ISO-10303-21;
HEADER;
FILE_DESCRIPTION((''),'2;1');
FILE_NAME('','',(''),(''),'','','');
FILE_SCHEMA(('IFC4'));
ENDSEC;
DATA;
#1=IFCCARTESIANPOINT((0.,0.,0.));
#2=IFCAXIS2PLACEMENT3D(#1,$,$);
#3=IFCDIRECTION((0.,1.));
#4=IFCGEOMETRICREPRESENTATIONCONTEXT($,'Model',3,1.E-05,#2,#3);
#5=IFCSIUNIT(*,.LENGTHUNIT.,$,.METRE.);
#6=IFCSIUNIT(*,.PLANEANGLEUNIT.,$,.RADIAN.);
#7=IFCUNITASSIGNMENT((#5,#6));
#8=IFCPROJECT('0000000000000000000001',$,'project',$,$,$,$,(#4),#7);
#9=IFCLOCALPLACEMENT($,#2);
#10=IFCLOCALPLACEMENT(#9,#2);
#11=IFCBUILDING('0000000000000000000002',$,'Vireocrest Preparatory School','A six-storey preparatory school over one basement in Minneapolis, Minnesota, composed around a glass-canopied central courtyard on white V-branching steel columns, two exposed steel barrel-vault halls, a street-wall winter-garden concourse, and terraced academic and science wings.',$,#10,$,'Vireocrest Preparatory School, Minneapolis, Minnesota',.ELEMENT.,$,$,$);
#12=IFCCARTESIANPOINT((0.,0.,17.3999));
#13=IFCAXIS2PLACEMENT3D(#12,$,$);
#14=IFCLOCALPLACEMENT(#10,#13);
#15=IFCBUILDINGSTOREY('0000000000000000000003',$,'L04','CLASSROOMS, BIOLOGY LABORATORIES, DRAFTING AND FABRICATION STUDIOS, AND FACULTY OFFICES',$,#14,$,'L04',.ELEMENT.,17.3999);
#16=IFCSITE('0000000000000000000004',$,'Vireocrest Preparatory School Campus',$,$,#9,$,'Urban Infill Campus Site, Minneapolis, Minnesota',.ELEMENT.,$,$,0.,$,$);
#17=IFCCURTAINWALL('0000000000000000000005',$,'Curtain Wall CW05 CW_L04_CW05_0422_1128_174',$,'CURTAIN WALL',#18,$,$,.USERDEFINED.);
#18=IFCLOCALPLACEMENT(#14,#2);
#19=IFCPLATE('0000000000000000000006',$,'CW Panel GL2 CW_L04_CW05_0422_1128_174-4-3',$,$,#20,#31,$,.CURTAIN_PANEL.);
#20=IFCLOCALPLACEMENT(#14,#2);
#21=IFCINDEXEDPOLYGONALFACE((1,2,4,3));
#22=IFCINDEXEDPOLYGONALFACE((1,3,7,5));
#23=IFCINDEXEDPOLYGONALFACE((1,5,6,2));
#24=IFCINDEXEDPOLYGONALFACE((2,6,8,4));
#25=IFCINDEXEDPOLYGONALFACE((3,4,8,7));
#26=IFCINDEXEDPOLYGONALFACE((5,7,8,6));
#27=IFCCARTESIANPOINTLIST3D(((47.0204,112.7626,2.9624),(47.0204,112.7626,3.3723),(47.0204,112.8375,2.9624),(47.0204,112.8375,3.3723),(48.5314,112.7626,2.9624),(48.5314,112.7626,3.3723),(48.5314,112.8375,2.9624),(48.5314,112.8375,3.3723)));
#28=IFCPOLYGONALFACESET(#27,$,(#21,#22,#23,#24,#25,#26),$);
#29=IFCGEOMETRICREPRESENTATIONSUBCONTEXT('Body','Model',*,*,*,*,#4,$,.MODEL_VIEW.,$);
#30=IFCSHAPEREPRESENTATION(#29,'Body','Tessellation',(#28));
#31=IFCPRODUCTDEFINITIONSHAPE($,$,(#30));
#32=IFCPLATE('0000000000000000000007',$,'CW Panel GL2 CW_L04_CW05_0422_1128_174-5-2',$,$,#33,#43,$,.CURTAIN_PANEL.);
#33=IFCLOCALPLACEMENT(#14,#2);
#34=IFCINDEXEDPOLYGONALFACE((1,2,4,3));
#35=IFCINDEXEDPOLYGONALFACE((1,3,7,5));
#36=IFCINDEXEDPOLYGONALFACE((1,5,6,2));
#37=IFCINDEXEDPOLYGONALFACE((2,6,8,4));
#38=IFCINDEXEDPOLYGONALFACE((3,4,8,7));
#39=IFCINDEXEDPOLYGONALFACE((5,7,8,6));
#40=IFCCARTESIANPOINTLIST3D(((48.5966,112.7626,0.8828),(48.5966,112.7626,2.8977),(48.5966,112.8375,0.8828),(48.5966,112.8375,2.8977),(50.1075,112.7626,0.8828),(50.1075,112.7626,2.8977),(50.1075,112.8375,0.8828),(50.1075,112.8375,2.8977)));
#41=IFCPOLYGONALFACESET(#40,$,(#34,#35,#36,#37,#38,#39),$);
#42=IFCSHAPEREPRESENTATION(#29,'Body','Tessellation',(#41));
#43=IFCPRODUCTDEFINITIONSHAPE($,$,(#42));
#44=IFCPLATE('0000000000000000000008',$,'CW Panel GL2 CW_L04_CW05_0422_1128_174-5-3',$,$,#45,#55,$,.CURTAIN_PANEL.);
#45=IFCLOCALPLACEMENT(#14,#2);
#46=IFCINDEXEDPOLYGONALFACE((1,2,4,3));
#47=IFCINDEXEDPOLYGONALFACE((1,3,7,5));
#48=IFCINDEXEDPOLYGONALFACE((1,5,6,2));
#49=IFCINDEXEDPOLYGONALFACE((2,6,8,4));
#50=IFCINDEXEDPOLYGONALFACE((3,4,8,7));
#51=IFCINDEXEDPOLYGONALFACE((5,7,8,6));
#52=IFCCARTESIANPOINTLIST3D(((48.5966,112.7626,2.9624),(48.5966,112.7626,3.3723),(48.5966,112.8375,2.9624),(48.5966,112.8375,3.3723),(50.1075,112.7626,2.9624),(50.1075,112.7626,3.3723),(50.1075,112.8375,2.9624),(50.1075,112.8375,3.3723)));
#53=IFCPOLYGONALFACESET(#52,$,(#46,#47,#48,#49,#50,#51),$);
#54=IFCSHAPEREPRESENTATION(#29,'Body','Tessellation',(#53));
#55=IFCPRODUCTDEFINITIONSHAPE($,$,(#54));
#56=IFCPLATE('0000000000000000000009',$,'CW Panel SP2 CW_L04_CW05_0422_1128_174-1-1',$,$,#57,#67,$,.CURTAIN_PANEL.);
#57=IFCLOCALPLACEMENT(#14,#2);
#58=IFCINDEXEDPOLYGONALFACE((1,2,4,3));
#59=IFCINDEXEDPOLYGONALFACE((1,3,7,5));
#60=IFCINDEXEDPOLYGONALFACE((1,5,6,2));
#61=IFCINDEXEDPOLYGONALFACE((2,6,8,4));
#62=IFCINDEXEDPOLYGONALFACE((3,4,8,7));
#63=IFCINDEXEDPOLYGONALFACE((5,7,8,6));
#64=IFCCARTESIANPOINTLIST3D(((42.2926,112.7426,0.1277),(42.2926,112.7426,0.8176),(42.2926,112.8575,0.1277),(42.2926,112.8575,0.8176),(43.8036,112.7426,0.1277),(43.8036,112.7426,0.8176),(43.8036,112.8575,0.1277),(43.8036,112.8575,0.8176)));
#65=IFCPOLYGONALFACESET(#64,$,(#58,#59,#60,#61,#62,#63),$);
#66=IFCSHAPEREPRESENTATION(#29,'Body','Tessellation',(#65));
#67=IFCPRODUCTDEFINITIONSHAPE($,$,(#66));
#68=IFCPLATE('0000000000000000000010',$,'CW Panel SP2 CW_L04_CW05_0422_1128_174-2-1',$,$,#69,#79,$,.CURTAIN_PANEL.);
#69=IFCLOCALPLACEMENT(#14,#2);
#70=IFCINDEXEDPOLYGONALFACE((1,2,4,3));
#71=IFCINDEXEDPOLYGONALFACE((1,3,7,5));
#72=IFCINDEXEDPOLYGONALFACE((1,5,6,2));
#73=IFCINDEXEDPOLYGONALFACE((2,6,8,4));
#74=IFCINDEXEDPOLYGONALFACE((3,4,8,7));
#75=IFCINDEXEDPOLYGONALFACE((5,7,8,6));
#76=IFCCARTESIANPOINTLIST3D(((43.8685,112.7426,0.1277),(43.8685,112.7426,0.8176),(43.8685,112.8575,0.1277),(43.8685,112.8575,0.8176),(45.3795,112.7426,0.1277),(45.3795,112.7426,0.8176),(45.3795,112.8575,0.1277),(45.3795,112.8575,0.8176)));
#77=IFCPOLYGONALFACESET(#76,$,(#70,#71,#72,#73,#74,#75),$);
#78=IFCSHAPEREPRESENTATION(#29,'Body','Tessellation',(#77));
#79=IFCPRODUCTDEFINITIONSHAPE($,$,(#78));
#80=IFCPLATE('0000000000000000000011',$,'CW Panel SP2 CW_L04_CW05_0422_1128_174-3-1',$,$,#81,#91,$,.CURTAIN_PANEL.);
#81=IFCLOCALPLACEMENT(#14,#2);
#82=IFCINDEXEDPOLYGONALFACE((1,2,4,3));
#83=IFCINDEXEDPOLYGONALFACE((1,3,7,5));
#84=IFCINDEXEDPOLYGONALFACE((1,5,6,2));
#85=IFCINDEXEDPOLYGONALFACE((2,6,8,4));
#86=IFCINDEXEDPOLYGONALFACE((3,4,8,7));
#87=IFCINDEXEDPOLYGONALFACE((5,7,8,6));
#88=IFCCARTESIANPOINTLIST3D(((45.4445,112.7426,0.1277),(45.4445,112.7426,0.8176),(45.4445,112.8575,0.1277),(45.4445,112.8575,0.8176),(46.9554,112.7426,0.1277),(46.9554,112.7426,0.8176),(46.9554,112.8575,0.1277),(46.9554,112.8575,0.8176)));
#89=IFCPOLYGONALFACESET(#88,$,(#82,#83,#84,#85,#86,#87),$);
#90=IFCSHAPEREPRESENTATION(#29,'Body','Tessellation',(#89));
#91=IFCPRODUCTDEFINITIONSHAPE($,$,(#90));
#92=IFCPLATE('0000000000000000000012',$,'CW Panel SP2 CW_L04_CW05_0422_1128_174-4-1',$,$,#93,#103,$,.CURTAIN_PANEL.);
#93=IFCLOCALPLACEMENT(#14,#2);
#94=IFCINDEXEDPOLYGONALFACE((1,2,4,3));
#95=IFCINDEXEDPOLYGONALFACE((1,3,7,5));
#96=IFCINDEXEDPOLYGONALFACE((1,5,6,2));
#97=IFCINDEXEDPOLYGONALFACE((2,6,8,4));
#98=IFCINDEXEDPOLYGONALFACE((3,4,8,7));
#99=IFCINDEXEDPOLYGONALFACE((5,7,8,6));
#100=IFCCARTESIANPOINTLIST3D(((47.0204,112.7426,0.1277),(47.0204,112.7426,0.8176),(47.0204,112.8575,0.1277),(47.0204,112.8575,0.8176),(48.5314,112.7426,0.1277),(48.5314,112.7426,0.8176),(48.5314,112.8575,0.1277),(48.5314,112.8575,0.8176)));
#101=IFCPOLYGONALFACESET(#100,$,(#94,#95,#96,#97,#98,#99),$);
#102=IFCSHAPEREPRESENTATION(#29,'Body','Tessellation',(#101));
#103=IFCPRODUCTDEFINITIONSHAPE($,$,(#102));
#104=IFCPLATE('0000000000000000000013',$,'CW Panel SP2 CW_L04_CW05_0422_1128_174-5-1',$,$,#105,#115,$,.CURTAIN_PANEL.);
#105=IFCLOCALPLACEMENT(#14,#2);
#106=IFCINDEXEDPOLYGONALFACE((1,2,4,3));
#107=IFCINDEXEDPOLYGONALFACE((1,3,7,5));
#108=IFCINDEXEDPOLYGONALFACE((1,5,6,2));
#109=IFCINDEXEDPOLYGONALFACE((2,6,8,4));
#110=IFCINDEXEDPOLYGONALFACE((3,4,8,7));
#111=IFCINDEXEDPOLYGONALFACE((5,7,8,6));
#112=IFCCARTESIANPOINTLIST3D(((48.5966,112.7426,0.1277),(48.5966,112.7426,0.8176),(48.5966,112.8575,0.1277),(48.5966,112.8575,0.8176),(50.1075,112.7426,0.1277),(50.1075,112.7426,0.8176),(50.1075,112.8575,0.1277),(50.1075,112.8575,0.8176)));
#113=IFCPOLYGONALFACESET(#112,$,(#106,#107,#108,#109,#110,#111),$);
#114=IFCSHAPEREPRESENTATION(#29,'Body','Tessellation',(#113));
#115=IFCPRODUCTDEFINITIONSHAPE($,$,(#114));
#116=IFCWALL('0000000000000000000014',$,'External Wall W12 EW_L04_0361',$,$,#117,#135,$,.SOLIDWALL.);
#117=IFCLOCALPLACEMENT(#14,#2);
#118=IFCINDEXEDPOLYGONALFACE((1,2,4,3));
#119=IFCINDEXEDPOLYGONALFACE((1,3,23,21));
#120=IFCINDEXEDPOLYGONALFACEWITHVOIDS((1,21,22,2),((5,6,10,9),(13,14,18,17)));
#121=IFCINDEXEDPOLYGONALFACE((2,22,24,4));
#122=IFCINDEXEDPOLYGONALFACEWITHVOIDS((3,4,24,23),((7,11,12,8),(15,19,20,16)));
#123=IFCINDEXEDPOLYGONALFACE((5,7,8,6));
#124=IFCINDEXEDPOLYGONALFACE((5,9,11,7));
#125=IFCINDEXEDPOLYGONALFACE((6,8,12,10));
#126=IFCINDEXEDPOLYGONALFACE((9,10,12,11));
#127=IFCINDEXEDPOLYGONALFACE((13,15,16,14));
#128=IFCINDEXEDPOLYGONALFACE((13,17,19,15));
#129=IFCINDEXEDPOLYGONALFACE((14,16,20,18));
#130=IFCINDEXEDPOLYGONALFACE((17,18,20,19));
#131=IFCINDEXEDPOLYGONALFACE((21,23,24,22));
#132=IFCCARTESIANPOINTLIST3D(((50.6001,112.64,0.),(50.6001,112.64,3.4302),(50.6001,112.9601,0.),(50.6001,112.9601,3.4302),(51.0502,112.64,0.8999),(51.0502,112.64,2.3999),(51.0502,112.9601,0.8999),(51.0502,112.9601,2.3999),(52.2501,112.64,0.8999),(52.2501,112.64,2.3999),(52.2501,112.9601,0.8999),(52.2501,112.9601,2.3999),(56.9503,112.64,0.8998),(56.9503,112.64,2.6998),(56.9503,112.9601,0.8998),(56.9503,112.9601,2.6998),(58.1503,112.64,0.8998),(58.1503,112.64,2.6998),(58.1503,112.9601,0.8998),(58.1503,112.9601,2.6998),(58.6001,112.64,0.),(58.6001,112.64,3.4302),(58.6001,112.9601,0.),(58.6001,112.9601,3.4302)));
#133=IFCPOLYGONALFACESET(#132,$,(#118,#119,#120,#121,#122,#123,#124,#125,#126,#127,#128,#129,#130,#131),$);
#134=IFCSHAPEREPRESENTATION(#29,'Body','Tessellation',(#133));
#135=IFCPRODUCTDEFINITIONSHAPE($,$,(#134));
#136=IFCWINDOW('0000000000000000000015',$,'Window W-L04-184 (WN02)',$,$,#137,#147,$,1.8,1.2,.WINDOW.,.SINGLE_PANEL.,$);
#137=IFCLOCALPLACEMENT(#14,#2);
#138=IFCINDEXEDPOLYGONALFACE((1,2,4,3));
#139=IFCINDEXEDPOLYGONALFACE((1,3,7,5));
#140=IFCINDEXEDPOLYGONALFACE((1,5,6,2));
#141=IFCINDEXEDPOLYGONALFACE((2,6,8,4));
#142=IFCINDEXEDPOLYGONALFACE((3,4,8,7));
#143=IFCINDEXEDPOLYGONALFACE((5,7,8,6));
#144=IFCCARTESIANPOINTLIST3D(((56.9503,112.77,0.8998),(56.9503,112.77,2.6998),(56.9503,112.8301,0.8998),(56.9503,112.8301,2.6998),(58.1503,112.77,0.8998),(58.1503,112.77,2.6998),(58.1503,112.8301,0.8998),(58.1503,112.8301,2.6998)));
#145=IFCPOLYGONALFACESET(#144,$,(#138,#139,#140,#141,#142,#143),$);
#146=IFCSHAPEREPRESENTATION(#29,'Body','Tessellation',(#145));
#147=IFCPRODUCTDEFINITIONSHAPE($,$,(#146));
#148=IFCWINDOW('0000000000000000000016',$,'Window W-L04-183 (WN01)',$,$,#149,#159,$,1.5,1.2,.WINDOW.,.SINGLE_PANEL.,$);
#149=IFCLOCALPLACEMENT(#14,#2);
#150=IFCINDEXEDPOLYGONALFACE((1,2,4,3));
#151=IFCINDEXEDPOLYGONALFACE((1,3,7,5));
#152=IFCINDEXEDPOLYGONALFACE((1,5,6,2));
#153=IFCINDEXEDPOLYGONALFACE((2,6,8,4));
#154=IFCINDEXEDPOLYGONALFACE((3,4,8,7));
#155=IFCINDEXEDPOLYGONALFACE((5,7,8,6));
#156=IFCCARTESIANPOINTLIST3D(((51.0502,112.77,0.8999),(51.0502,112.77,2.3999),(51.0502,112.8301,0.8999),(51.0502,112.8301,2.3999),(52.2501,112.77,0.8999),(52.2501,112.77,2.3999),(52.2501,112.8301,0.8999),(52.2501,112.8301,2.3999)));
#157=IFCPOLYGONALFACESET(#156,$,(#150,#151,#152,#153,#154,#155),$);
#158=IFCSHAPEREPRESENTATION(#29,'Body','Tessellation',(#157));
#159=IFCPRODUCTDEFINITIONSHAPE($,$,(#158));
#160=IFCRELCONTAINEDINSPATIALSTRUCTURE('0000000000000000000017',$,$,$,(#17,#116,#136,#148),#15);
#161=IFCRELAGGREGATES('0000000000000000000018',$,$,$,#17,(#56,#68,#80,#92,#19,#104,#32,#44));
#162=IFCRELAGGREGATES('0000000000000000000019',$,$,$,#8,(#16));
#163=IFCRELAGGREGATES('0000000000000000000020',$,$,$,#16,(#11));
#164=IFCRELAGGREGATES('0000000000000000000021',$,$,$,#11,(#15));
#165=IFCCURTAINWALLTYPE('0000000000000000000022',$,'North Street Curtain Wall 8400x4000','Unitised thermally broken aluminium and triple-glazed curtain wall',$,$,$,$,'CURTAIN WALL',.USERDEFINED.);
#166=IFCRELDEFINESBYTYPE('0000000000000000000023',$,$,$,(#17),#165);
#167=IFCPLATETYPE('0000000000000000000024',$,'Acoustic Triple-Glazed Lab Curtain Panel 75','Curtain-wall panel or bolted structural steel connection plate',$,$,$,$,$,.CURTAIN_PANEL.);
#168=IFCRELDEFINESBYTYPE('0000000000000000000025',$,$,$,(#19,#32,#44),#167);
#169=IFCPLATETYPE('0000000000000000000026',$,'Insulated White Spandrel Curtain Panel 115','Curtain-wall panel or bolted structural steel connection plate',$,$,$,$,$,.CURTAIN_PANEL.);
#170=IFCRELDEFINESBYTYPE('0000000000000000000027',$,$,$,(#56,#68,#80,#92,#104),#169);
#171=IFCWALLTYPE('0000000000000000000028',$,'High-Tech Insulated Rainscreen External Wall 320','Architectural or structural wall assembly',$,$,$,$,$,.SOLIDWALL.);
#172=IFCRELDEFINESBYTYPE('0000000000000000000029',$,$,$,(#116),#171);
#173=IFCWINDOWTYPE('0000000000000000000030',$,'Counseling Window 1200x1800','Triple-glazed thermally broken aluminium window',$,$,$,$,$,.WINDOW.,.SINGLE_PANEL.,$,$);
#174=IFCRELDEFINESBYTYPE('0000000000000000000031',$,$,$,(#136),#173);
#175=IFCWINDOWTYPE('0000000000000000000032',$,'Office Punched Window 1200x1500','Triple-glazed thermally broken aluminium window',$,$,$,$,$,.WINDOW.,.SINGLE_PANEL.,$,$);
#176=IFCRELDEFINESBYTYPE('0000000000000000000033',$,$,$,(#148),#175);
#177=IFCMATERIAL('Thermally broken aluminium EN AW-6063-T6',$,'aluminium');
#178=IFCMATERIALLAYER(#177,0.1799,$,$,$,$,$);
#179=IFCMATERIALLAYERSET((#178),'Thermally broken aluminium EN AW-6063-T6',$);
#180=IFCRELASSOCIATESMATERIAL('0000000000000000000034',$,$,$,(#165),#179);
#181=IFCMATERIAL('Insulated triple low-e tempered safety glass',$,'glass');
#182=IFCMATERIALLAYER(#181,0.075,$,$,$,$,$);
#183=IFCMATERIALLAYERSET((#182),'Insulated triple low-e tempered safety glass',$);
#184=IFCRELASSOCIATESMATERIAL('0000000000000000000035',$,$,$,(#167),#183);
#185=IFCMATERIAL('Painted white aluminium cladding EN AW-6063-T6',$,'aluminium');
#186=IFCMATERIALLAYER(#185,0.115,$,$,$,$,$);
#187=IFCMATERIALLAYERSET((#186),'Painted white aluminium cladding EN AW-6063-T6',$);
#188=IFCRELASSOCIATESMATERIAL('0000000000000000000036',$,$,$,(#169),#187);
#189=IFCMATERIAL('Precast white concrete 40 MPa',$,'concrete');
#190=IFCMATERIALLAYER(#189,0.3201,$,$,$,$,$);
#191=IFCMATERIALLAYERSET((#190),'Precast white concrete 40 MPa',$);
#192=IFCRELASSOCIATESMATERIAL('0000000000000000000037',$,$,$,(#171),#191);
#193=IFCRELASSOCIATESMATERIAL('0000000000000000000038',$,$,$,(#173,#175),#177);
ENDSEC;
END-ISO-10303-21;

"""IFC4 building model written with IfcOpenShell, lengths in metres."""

from ifc_helpers import new_model, si_unit, direction, frame, frame_2d, origin, origin_2d, place, context, subcontext, project, spatial, rectangle, extrude, material, layer, layer_set, type_object, element, fill, aggregate, save


model = new_model("IFC4")

# Units and contexts
model_context = context("Model", 3, precision=1e-05, world=origin(), true_north=direction((0.0, 1.0)))
body_context = subcontext(model_context, "Body", "Model", "MODEL_VIEW")
ifc_project = project(units=[si_unit("LENGTHUNIT", "METRE"), si_unit("PLANEANGLEUNIT", "RADIAN")], contexts=[model_context])

# Site, building, storey
site_placement = place(None, origin())
site = spatial("IfcSite", under=ifc_project, at=site_placement, Name="Vireocrest Preparatory School Campus", LongName="Urban Infill Campus Site, Minneapolis, Minnesota", CompositionType="ELEMENT", RefElevation=0.0)
building_placement = place(site_placement, origin())
building = spatial("IfcBuilding", under=site, at=building_placement, Name="Vireocrest Preparatory School", Description="A six-storey preparatory school over one basement in Minneapolis, Minnesota, composed around a glass-canopied central courtyard on white V-branching steel columns, two exposed steel barrel-vault halls, a street-wall winter-garden concourse, and terraced academic and science wings.", LongName="Vireocrest Preparatory School, Minneapolis, Minnesota", CompositionType="ELEMENT")
storey_placement = place(building_placement, frame((0.0, 0.0, 17.3999)))
storey = spatial("IfcBuildingStorey", under=building, at=storey_placement, Name="L04", Description="CLASSROOMS, BIOLOGY LABORATORIES, DRAFTING AND FABRICATION STUDIOS, AND FACULTY OFFICES", LongName="L04", CompositionType="ELEMENT", Elevation=17.3999)

# Curtain wall
ifc_material_1 = material(Name="Thermally broken aluminium EN AW-6063-T6", Category="aluminium")
ifc_layer_1 = layer(ifc_material_1, 0.1799)
ifc_layer_set_1 = layer_set([ifc_layer_1], Name="Thermally broken aluminium EN AW-6063-T6")
curtain_wall_type = type_object("IfcCurtainWallType", Name="North Street Curtain Wall 8400x4000", Description="Unitised thermally broken aluminium and triple-glazed curtain wall", ElementType="CURTAIN WALL", PredefinedType="USERDEFINED", material=ifc_layer_set_1)
curtain_wall_placement = place(storey_placement, origin())
curtain_wall = element("IfcCurtainWall", 1, at=curtain_wall_placement, inside=storey, type_object=curtain_wall_type, Name="Curtain Wall CW05 CW_L04_CW05_0422_1128_174", ObjectType="CURTAIN WALL", PredefinedType="USERDEFINED")

# Plates
ifc_material_2 = material(Name="Insulated triple low-e tempered safety glass", Category="glass")
ifc_layer_2 = layer(ifc_material_2, 0.075)
ifc_layer_set_2 = layer_set([ifc_layer_2], Name="Insulated triple low-e tempered safety glass")
plate_type_1 = type_object("IfcPlateType", Name="Acoustic Triple-Glazed Lab Curtain Panel 75", Description="Curtain-wall panel or bolted structural steel connection plate", PredefinedType="CURTAIN_PANEL", material=ifc_layer_set_2)
plate_1_placement = place(storey_placement, frame((47.7759, 112.8, 2.9624), z_axis=(0.0, 0.0, 1.0), x_axis=(1.0, 0.0, 0.0)))
plate_1 = element("IfcPlate", 2, at=plate_1_placement, type_object=plate_type_1, Name="CW Panel GL2 CW_L04_CW05_0422_1128_174-4-3", PredefinedType="CURTAIN_PANEL", context=body_context, shape_type="SweptSolid", body=[
    extrude(rectangle(XDim=1.511, YDim=0.075, at=origin_2d()), origin(), (0.0, 0.0, 1.0), 0.4099),
])
plate_2_placement = place(storey_placement, frame((49.3521, 112.8, 0.8828), z_axis=(0.0, 0.0, 1.0), x_axis=(1.0, 0.0, 0.0)))
plate_2 = element("IfcPlate", 3, at=plate_2_placement, type_object=plate_type_1, Name="CW Panel GL2 CW_L04_CW05_0422_1128_174-5-2", PredefinedType="CURTAIN_PANEL", context=body_context, shape_type="SweptSolid", body=[
    extrude(rectangle(XDim=1.511, YDim=0.075, at=origin_2d()), origin(), (0.0, 0.0, 1.0), 2.0149),
])
plate_3_placement = place(storey_placement, frame((49.3521, 112.8, 2.9624), z_axis=(0.0, 0.0, 1.0), x_axis=(1.0, 0.0, 0.0)))
plate_3 = element("IfcPlate", 4, at=plate_3_placement, type_object=plate_type_1, Name="CW Panel GL2 CW_L04_CW05_0422_1128_174-5-3", PredefinedType="CURTAIN_PANEL", context=body_context, shape_type="SweptSolid", body=[
    extrude(rectangle(XDim=1.511, YDim=0.075, at=origin_2d()), origin(), (0.0, 0.0, 1.0), 0.4099),
])
ifc_material_3 = material(Name="Painted white aluminium cladding EN AW-6063-T6", Category="aluminium")
ifc_layer_3 = layer(ifc_material_3, 0.115)
ifc_layer_set_3 = layer_set([ifc_layer_3], Name="Painted white aluminium cladding EN AW-6063-T6")
plate_type_2 = type_object("IfcPlateType", Name="Insulated White Spandrel Curtain Panel 115", Description="Curtain-wall panel or bolted structural steel connection plate", PredefinedType="CURTAIN_PANEL", material=ifc_layer_set_3)
plate_4_placement = place(storey_placement, frame((43.0481, 112.8, 0.1277), z_axis=(0.0, 0.0, 1.0), x_axis=(1.0, 0.0, 0.0)))
plate_4 = element("IfcPlate", 5, at=plate_4_placement, type_object=plate_type_2, Name="CW Panel SP2 CW_L04_CW05_0422_1128_174-1-1", PredefinedType="CURTAIN_PANEL", context=body_context, shape_type="SweptSolid", body=[
    extrude(rectangle(XDim=1.511, YDim=0.115, at=origin_2d()), origin(), (0.0, 0.0, 1.0), 0.6899),
])
plate_5_placement = place(storey_placement, frame((44.624, 112.8, 0.1277), z_axis=(0.0, 0.0, 1.0), x_axis=(1.0, 0.0, 0.0)))
plate_5 = element("IfcPlate", 6, at=plate_5_placement, type_object=plate_type_2, Name="CW Panel SP2 CW_L04_CW05_0422_1128_174-2-1", PredefinedType="CURTAIN_PANEL", context=body_context, shape_type="SweptSolid", body=[
    extrude(rectangle(XDim=1.511, YDim=0.115, at=origin_2d()), origin(), (0.0, 0.0, 1.0), 0.6899),
])
plate_6_placement = place(storey_placement, frame((46.2, 112.8, 0.1277), z_axis=(0.0, 0.0, 1.0), x_axis=(1.0, 0.0, 0.0)))
plate_6 = element("IfcPlate", 7, at=plate_6_placement, type_object=plate_type_2, Name="CW Panel SP2 CW_L04_CW05_0422_1128_174-3-1", PredefinedType="CURTAIN_PANEL", context=body_context, shape_type="SweptSolid", body=[
    extrude(rectangle(XDim=1.511, YDim=0.115, at=origin_2d()), origin(), (0.0, 0.0, 1.0), 0.6899),
])
plate_7_placement = place(storey_placement, frame((47.7759, 112.8, 0.1277), z_axis=(0.0, 0.0, 1.0), x_axis=(1.0, 0.0, 0.0)))
plate_7 = element("IfcPlate", 8, at=plate_7_placement, type_object=plate_type_2, Name="CW Panel SP2 CW_L04_CW05_0422_1128_174-4-1", PredefinedType="CURTAIN_PANEL", context=body_context, shape_type="SweptSolid", body=[
    extrude(rectangle(XDim=1.511, YDim=0.115, at=origin_2d()), origin(), (0.0, 0.0, 1.0), 0.6899),
])
plate_8_placement = place(storey_placement, frame((49.3521, 112.8, 0.1277), z_axis=(0.0, 0.0, 1.0), x_axis=(1.0, 0.0, 0.0)))
plate_8 = element("IfcPlate", 9, at=plate_8_placement, type_object=plate_type_2, Name="CW Panel SP2 CW_L04_CW05_0422_1128_174-5-1", PredefinedType="CURTAIN_PANEL", context=body_context, shape_type="SweptSolid", body=[
    extrude(rectangle(XDim=1.511, YDim=0.115, at=origin_2d()), origin(), (0.0, 0.0, 1.0), 0.6899),
])
aggregate(curtain_wall, [plate_4, plate_5, plate_6, plate_7, plate_1, plate_8, plate_2, plate_3])

# Wall, openings, windows
ifc_material_4 = material(Name="Precast white concrete 40 MPa", Category="concrete")
ifc_layer_4 = layer(ifc_material_4, 0.3201)
ifc_layer_set_4 = layer_set([ifc_layer_4], Name="Precast white concrete 40 MPa")
wall_type = type_object("IfcWallType", Name="High-Tech Insulated Rainscreen External Wall 320", Description="Architectural or structural wall assembly", PredefinedType="SOLIDWALL", material=ifc_layer_set_4)
wall_placement = place(storey_placement, frame((50.6001, 112.8, 0.0), z_axis=(0.0, 0.0, 1.0), x_axis=(1.0, 0.0, 0.0)))
wall = element("IfcWall", 10, at=wall_placement, inside=storey, type_object=wall_type, Name="External Wall W12 EW_L04_0361", PredefinedType="SOLIDWALL", context=body_context, shape_type="SweptSolid", body=[
    extrude(rectangle(XDim=8.0, YDim=0.3201, at=frame_2d((4.0, 0.0))), origin(), (0.0, 0.0, 1.0), 3.4302),
])
opening_1_placement = place(wall_placement, frame((0.45, 0.0, 0.8999)))
opening_1 = element("IfcOpeningElement", 11, at=opening_1_placement, cuts=wall, PredefinedType="OPENING", context=body_context, shape_type="SweptSolid", body=[
    extrude(rectangle(XDim=1.2, YDim=1.5, at=frame_2d((0.6001, 0.75))), frame((0.0, 0.1699, 0.0), z_axis=(0.0, -1.0, 0.0), x_axis=(1.0, 0.0, 0.0)), (0.0, 0.0, 1.0), 0.3401),
])
opening_2_placement = place(wall_placement, frame((6.3501, 0.0, 0.8999)))
opening_2 = element("IfcOpeningElement", 12, at=opening_2_placement, cuts=wall, PredefinedType="OPENING", context=body_context, shape_type="SweptSolid", body=[
    extrude(rectangle(XDim=1.2, YDim=1.8, at=frame_2d((0.6001, 0.8999))), frame((0.0, 0.1699, 0.0), z_axis=(0.0, -1.0, 0.0), x_axis=(1.0, 0.0, 0.0)), (0.0, 0.0, 1.0), 0.3401),
])
window_type_1 = type_object("IfcWindowType", Name="Counseling Window 1200x1800", Description="Triple-glazed thermally broken aluminium window", PartitioningType="SINGLE_PANEL", PredefinedType="WINDOW", material=ifc_material_1)
window_1_placement = place(opening_2_placement, origin())
window_1 = element("IfcWindow", 13, at=window_1_placement, inside=storey, type_object=window_type_1, Name="Window W-L04-184 (WN02)", OverallHeight=1.8, OverallWidth=1.2, PartitioningType="SINGLE_PANEL", PredefinedType="WINDOW", context=body_context, shape_type="SweptSolid", body=[
    extrude(rectangle(XDim=1.2, YDim=1.8, at=frame_2d((0.6001, 0.8999))), frame((0.0, 0.03, 0.0), z_axis=(0.0, -1.0, 0.0), x_axis=(1.0, 0.0, 0.0)), (0.0, 0.0, 1.0), 0.0601),
])
fill(opening_2, window_1)
window_type_2 = type_object("IfcWindowType", Name="Office Punched Window 1200x1500", Description="Triple-glazed thermally broken aluminium window", PartitioningType="SINGLE_PANEL", PredefinedType="WINDOW", material=ifc_material_1)
window_2_placement = place(opening_1_placement, origin())
window_2 = element("IfcWindow", 14, at=window_2_placement, inside=storey, type_object=window_type_2, Name="Window W-L04-183 (WN01)", OverallHeight=1.5, OverallWidth=1.2, PartitioningType="SINGLE_PANEL", PredefinedType="WINDOW", context=body_context, shape_type="SweptSolid", body=[
    extrude(rectangle(XDim=1.2, YDim=1.5, at=frame_2d((0.6001, 0.75))), frame((0.0, 0.03, 0.0), z_axis=(0.0, -1.0, 0.0), x_axis=(1.0, 0.0, 0.0)), (0.0, 0.0, 1.0), 0.0601),
])
fill(opening_1, window_2)

save(model, "model.ifc")
